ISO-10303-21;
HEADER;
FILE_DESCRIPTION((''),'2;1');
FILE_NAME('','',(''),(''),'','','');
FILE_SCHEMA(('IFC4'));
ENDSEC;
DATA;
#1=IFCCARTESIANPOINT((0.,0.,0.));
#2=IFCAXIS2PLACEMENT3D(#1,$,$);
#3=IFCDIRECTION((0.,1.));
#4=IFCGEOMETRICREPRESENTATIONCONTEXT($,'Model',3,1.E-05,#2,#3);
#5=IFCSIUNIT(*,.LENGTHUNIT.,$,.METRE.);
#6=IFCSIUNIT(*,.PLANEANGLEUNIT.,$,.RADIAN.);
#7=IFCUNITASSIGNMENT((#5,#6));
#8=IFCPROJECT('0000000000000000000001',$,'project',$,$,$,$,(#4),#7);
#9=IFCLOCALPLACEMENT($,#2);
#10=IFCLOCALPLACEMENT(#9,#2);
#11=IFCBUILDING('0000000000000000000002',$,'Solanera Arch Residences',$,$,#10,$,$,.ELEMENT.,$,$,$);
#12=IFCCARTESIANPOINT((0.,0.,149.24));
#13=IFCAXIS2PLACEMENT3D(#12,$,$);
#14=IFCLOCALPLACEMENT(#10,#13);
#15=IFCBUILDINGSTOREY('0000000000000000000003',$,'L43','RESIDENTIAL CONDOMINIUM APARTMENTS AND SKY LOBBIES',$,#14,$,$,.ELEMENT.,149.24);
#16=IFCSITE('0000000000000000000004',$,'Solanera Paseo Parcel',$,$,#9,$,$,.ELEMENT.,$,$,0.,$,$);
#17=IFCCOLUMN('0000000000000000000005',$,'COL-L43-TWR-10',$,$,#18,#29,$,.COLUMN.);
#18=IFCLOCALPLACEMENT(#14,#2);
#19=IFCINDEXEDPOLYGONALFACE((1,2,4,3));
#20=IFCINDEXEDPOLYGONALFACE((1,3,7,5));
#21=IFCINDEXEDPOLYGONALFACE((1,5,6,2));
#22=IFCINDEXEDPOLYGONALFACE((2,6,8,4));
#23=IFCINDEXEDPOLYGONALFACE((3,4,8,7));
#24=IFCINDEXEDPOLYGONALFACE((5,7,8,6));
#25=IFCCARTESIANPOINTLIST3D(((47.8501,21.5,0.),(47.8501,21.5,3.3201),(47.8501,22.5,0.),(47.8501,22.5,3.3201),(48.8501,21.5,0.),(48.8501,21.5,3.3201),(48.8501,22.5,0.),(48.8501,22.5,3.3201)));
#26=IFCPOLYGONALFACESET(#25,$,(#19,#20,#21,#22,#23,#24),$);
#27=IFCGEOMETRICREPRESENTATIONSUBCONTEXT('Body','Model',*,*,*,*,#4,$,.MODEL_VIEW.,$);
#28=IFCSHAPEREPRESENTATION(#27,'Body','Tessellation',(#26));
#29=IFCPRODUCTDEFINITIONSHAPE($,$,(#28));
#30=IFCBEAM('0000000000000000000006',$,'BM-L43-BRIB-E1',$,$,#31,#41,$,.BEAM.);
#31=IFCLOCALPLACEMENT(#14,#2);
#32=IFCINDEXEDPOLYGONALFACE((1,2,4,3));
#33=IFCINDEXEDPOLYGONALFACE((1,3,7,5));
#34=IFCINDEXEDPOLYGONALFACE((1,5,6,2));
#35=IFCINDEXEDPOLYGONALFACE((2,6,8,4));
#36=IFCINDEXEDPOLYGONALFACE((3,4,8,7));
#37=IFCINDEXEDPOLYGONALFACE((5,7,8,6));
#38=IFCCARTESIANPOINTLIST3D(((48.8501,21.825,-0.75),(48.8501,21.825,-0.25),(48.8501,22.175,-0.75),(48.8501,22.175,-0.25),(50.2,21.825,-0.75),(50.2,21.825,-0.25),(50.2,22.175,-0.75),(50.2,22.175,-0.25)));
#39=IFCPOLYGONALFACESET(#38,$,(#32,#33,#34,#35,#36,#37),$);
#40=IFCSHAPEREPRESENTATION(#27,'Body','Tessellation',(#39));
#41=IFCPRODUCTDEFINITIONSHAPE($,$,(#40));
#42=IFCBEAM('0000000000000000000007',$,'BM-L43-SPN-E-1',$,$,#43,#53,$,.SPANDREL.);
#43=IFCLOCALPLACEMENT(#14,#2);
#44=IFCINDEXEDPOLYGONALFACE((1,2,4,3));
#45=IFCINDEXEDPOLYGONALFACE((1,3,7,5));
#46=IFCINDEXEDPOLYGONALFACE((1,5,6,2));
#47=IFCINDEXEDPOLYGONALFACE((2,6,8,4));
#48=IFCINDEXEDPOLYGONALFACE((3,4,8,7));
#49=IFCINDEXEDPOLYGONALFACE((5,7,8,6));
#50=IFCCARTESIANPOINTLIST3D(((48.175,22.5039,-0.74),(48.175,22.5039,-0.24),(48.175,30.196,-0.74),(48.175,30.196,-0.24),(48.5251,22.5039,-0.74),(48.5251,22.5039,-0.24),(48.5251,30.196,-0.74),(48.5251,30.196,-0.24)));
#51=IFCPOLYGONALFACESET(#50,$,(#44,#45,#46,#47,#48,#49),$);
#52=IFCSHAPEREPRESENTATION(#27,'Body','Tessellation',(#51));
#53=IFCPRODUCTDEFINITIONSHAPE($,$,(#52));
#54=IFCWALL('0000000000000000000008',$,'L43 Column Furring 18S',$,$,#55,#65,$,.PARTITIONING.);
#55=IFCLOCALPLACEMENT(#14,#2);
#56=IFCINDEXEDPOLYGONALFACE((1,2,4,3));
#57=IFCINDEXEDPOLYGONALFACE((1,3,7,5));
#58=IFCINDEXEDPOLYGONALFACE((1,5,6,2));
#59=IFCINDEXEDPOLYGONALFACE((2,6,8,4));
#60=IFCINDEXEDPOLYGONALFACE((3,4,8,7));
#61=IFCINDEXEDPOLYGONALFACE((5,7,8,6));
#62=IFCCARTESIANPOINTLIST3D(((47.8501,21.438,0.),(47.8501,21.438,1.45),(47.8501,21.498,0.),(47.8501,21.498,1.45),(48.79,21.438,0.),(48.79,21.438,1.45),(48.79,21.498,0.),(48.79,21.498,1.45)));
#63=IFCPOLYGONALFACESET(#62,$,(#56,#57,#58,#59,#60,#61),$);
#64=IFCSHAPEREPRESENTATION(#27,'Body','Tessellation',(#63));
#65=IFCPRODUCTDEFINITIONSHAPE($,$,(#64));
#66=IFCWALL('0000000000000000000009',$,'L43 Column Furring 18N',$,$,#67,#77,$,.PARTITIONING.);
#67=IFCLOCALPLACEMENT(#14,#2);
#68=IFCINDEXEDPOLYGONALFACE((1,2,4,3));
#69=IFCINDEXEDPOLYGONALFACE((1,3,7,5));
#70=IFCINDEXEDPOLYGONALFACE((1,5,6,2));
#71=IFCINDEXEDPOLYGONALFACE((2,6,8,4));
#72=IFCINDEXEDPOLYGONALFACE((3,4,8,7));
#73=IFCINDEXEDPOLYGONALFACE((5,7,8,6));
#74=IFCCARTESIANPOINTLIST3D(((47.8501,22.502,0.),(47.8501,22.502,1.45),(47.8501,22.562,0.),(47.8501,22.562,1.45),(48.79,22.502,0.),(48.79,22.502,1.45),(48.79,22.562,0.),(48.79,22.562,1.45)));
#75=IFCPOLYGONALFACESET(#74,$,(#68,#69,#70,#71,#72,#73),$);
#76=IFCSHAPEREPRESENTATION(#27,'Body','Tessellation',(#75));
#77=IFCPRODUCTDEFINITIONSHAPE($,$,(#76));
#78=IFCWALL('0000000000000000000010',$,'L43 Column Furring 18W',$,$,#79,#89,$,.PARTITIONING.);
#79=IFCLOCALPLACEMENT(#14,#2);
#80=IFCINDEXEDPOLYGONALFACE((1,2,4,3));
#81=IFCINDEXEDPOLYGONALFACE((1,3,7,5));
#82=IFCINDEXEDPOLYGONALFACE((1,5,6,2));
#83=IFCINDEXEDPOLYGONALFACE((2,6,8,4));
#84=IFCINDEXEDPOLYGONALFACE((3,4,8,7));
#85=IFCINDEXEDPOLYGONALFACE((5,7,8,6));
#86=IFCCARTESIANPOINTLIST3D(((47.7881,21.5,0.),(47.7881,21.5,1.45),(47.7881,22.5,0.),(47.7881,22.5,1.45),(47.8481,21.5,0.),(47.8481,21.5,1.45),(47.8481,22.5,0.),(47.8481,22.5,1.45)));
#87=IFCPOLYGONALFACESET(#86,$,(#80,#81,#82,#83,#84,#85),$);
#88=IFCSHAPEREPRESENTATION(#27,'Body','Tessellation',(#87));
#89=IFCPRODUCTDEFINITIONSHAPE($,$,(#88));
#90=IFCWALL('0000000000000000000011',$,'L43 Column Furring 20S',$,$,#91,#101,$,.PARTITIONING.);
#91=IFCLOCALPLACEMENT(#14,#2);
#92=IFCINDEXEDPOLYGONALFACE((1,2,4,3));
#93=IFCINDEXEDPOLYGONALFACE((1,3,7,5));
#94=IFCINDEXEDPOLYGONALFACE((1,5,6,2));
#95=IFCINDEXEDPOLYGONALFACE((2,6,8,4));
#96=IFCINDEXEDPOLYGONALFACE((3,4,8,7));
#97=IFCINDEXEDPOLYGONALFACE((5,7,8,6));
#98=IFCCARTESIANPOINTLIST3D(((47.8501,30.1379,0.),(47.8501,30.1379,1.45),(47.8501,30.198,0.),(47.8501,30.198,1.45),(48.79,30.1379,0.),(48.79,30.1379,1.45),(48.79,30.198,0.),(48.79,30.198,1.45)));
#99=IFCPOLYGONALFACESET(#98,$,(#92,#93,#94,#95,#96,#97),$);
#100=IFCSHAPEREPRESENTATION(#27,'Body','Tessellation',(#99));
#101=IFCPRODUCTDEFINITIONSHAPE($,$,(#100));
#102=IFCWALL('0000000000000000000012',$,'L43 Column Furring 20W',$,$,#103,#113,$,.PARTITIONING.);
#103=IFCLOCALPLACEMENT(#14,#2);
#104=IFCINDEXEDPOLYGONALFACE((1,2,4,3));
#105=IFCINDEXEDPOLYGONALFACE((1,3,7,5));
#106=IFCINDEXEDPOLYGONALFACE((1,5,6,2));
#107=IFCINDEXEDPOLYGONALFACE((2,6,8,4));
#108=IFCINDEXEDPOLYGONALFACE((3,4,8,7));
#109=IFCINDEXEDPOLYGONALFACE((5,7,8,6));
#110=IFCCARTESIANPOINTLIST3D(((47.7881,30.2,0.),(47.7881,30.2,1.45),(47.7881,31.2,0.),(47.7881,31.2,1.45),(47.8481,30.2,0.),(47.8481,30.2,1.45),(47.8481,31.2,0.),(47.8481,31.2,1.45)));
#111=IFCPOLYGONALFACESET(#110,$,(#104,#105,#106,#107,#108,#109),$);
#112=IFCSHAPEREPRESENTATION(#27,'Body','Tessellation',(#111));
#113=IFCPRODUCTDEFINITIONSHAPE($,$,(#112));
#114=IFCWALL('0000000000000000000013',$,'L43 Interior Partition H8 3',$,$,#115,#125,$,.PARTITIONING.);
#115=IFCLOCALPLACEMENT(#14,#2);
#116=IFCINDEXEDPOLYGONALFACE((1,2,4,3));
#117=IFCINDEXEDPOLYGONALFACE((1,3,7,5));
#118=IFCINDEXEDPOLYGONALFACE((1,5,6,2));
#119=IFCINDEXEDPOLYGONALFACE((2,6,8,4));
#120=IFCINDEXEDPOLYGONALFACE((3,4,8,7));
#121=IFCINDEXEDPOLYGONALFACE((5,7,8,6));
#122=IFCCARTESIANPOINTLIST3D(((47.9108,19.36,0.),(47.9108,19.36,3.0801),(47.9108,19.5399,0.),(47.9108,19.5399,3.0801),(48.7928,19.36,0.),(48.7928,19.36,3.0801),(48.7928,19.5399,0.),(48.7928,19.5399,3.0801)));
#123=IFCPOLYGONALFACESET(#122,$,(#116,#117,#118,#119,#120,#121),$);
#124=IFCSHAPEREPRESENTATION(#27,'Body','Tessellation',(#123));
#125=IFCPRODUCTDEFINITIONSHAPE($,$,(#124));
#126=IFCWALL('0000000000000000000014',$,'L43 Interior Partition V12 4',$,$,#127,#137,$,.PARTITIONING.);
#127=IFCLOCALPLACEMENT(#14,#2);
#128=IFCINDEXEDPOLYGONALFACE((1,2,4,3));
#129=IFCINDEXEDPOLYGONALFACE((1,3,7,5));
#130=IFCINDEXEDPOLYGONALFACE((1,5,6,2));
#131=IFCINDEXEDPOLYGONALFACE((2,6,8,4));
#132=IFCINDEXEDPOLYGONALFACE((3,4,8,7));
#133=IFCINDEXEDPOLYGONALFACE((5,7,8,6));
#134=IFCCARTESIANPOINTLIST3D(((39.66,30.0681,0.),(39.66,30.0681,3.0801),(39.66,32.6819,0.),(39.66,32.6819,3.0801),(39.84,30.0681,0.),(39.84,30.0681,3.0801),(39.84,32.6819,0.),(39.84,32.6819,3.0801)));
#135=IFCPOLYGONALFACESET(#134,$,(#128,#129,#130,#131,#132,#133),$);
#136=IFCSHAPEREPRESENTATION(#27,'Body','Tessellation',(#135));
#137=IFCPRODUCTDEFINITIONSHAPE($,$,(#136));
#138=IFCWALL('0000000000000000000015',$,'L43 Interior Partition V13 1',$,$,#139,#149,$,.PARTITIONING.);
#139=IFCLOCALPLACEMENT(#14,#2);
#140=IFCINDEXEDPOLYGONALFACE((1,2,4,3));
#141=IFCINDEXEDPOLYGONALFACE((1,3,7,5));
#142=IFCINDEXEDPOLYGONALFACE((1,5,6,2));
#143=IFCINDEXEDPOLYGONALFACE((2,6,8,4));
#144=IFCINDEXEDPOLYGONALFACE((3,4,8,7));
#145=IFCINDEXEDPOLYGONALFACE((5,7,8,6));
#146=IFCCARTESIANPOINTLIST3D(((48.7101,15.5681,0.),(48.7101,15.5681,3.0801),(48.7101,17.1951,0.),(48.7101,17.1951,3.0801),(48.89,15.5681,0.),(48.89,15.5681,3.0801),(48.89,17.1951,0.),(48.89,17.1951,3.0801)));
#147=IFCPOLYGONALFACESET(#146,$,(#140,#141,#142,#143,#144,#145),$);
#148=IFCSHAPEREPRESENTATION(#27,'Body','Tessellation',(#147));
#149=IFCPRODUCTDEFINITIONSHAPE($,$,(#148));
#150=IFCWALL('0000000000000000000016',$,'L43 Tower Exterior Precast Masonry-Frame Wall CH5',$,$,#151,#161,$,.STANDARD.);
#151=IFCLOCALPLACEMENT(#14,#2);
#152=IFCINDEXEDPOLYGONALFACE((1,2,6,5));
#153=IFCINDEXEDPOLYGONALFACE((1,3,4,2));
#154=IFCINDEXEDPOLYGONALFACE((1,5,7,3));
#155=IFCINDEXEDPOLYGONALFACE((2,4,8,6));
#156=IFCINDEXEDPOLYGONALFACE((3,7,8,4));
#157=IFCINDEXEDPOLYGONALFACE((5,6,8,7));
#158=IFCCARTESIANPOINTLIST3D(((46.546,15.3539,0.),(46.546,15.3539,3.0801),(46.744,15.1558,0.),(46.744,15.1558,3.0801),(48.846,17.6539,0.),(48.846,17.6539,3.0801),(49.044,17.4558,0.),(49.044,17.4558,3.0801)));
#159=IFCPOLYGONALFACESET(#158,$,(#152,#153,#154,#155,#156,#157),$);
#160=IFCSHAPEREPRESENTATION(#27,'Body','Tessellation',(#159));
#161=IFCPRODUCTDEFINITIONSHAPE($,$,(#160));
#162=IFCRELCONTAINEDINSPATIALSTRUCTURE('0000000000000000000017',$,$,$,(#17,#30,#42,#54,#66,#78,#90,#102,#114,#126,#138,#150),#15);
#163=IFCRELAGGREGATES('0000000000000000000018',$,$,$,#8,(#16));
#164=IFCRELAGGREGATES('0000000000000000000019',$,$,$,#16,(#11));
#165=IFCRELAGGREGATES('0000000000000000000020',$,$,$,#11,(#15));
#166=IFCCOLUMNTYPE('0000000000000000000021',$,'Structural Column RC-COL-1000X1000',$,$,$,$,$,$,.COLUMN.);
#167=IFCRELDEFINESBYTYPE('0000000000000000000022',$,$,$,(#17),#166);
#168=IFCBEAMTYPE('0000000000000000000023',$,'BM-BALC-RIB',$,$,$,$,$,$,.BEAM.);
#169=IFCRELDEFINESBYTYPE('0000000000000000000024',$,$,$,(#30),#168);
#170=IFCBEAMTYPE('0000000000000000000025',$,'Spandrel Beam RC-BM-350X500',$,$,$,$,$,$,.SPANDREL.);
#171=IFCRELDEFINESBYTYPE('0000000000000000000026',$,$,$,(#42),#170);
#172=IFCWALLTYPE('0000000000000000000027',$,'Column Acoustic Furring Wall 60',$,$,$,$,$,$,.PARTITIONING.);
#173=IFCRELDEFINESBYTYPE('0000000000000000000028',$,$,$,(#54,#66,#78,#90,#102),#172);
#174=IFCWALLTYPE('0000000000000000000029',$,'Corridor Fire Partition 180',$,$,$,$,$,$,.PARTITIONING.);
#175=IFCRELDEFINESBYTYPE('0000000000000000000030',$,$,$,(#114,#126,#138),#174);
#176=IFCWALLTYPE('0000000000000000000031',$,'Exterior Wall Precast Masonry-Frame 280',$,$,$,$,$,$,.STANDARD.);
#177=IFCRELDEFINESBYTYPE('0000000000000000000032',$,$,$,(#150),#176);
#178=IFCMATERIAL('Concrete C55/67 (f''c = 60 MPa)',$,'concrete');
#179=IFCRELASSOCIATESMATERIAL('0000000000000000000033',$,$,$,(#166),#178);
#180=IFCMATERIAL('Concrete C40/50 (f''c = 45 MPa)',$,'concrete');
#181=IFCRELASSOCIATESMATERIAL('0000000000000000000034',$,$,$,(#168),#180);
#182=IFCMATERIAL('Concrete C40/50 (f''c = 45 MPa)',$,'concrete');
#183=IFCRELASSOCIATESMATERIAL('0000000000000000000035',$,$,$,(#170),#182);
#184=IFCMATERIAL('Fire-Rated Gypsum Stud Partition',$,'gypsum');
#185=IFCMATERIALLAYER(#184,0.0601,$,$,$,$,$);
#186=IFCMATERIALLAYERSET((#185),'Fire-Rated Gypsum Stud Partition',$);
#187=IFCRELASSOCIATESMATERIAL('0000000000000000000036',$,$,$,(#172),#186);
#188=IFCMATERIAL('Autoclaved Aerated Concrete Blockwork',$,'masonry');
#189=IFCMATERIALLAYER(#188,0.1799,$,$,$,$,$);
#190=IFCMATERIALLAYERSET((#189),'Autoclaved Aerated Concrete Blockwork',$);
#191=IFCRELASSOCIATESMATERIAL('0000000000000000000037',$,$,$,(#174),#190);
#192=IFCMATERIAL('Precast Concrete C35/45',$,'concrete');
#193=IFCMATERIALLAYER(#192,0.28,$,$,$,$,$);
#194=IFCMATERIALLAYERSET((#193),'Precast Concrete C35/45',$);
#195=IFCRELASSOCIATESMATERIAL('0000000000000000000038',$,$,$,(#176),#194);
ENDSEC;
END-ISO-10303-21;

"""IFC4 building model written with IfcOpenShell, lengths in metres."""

from ifc_helpers import new_model, si_unit, direction, frame, frame_2d, origin, origin_2d, place, context, subcontext, project, spatial, rectangle, extrude, material, layer, layer_set, material_profile, profile_set, type_object, element, save


model = new_model("IFC4")

# Units and contexts
model_context = context("Model", 3, precision=1e-05, world=origin(), true_north=direction((0.0, 1.0)))
body_context = subcontext(model_context, "Body", "Model", "MODEL_VIEW")
ifc_project = project(units=[si_unit("LENGTHUNIT", "METRE"), si_unit("PLANEANGLEUNIT", "RADIAN")], contexts=[model_context])

# Site, building, storey
site_placement = place(None, origin())
site = spatial("IfcSite", under=ifc_project, at=site_placement, Name="Solanera Paseo Parcel", CompositionType="ELEMENT", RefElevation=0.0)
building_placement = place(site_placement, origin())
building = spatial("IfcBuilding", under=site, at=building_placement, Name="Solanera Arch Residences", CompositionType="ELEMENT")
storey_placement = place(building_placement, frame((0.0, 0.0, 149.24)))
storey = spatial("IfcBuildingStorey", under=building, at=storey_placement, Name="L43", Description="RESIDENTIAL CONDOMINIUM APARTMENTS AND SKY LOBBIES", CompositionType="ELEMENT", Elevation=149.24)

# Column
ifc_material_1 = material(Name="Concrete C55/67 (f'c = 60 MPa)", Category="concrete")
ifc_material_profile_1 = material_profile(ifc_material_1, rectangle(XDim=1.0, YDim=1.0, at=origin_2d()))
ifc_profile_set_1 = profile_set([ifc_material_profile_1], Name="Concrete C55/67 (f'c = 60 MPa)")
column_type = type_object("IfcColumnType", Name="Structural Column RC-COL-1000X1000", PredefinedType="COLUMN", material=ifc_profile_set_1)
column_placement = place(storey_placement, frame((48.3501, 22.0, 0.0), z_axis=(0.0, 0.0, 1.0), x_axis=(1.0, 0.0, 0.0)))
element("IfcColumn", 1, at=column_placement, inside=storey, type_object=column_type, Name="COL-L43-TWR-10", PredefinedType="COLUMN", context=body_context, shape_type="SweptSolid", body=[
    extrude(rectangle(XDim=1.0, YDim=1.0, at=origin_2d()), origin(), (0.0, 0.0, 1.0), 3.3201),
])

# Beams
ifc_material_2 = material(Name="Concrete C40/50 (f'c = 45 MPa)", Category="concrete")
ifc_material_profile_2 = material_profile(ifc_material_2, rectangle(XDim=0.3501, YDim=0.5, at=origin_2d()))
ifc_profile_set_2 = profile_set([ifc_material_profile_2], Name="Concrete C40/50 (f'c = 45 MPa)")
beam_type_1 = type_object("IfcBeamType", Name="BM-BALC-RIB", PredefinedType="BEAM", material=ifc_profile_set_2)
beam_1_placement = place(storey_placement, frame((48.8501, 22.0, -0.5), z_axis=(1.0, 0.0, 0.0), x_axis=(0.0, 1.0, 0.0)))
element("IfcBeam", 2, at=beam_1_placement, inside=storey, type_object=beam_type_1, Name="BM-L43-BRIB-E1", PredefinedType="BEAM", context=body_context, shape_type="SweptSolid", body=[
    extrude(rectangle(XDim=0.3501, YDim=0.5, at=origin_2d()), origin(), (0.0, 0.0, 1.0), 1.3499),
])
ifc_material_3 = material(Name="Concrete C40/50 (f'c = 45 MPa)", Category="concrete")
ifc_material_profile_3 = material_profile(ifc_material_3, rectangle(XDim=0.3501, YDim=0.5, at=origin_2d()))
ifc_profile_set_3 = profile_set([ifc_material_profile_3], Name="Concrete C40/50 (f'c = 45 MPa)")
beam_type_2 = type_object("IfcBeamType", Name="Spandrel Beam RC-BM-350X500", PredefinedType="SPANDREL", material=ifc_profile_set_3)
beam_2_placement = place(storey_placement, frame((48.3501, 22.5039, -0.49), z_axis=(0.0, 1.0, 0.0), x_axis=(-1.0, 0.0, 0.0)))
element("IfcBeam", 3, at=beam_2_placement, inside=storey, type_object=beam_type_2, Name="BM-L43-SPN-E-1", PredefinedType="SPANDREL", context=body_context, shape_type="SweptSolid", body=[
    extrude(rectangle(XDim=0.3501, YDim=0.5, at=origin_2d()), origin(), (0.0, 0.0, 1.0), 7.6921),
])

# Walls
ifc_material_4 = material(Name="Fire-Rated Gypsum Stud Partition", Category="gypsum")
ifc_layer_1 = layer(ifc_material_4, 0.0601)
ifc_layer_set_1 = layer_set([ifc_layer_1], Name="Fire-Rated Gypsum Stud Partition")
wall_type_1 = type_object("IfcWallType", Name="Column Acoustic Furring Wall 60", PredefinedType="PARTITIONING", material=ifc_layer_set_1)
for number, where, z_axis, x_axis, name in (
    (4, (47.8501, 21.468, 0.0), (0.0, 0.0, 1.0), (1.0, 0.0, 0.0), "L43 Column Furring 18S"),
    (5, (47.8501, 22.532, 0.0), (0.0, 0.0, 1.0), (1.0, 0.0, 0.0), "L43 Column Furring 18N"),
):
    element("IfcWall", number, at=place(storey_placement, frame(where, z_axis=z_axis, x_axis=x_axis)), inside=storey, type_object=wall_type_1, Name=name, PredefinedType="PARTITIONING", context=body_context, shape_type="SweptSolid", body=[
        extrude(rectangle(XDim=0.9399, YDim=0.0601, at=frame_2d((0.47, 0.0))), origin(), (0.0, 0.0, 1.0), 1.45),
    ])
wall_1_placement = place(storey_placement, frame((47.8181, 21.5, 0.0), z_axis=(0.0, 0.0, 1.0), x_axis=(0.0, 1.0, 0.0)))
element("IfcWall", 6, at=wall_1_placement, inside=storey, type_object=wall_type_1, Name="L43 Column Furring 18W", PredefinedType="PARTITIONING", context=body_context, shape_type="SweptSolid", body=[
    extrude(rectangle(XDim=1.0, YDim=0.0601, at=frame_2d((0.5, 0.0))), origin(), (0.0, 0.0, 1.0), 1.45),
])
wall_2_placement = place(storey_placement, frame((47.8501, 30.168, 0.0), z_axis=(0.0, 0.0, 1.0), x_axis=(1.0, 0.0, 0.0)))
element("IfcWall", 7, at=wall_2_placement, inside=storey, type_object=wall_type_1, Name="L43 Column Furring 20S", PredefinedType="PARTITIONING", context=body_context, shape_type="SweptSolid", body=[
    extrude(rectangle(XDim=0.9399, YDim=0.0601, at=frame_2d((0.47, 0.0))), origin(), (0.0, 0.0, 1.0), 1.45),
])
wall_3_placement = place(storey_placement, frame((47.8181, 30.2, 0.0), z_axis=(0.0, 0.0, 1.0), x_axis=(0.0, 1.0, 0.0)))
element("IfcWall", 8, at=wall_3_placement, inside=storey, type_object=wall_type_1, Name="L43 Column Furring 20W", PredefinedType="PARTITIONING", context=body_context, shape_type="SweptSolid", body=[
    extrude(rectangle(XDim=1.0, YDim=0.0601, at=frame_2d((0.5, 0.0))), origin(), (0.0, 0.0, 1.0), 1.45),
])
ifc_material_5 = material(Name="Autoclaved Aerated Concrete Blockwork", Category="masonry")
ifc_layer_2 = layer(ifc_material_5, 0.1799)
ifc_layer_set_2 = layer_set([ifc_layer_2], Name="Autoclaved Aerated Concrete Blockwork")
wall_type_2 = type_object("IfcWallType", Name="Corridor Fire Partition 180", PredefinedType="PARTITIONING", material=ifc_layer_set_2)
wall_4_placement = place(storey_placement, frame((47.9109, 19.45, 0.0), z_axis=(0.0, 0.0, 1.0), x_axis=(1.0, 0.0, 0.0)))
element("IfcWall", 9, at=wall_4_placement, inside=storey, type_object=wall_type_2, Name="L43 Interior Partition H8 3", PredefinedType="PARTITIONING", context=body_context, shape_type="SweptSolid", body=[
    extrude(rectangle(XDim=0.8821, YDim=0.1799, at=frame_2d((0.4409, 0.0))), origin(), (0.0, 0.0, 1.0), 3.0801),
])
wall_5_placement = place(storey_placement, frame((39.75, 30.0681, 0.0), z_axis=(0.0, 0.0, 1.0), x_axis=(0.0, 1.0, 0.0)))
element("IfcWall", 10, at=wall_5_placement, inside=storey, type_object=wall_type_2, Name="L43 Interior Partition V12 4", PredefinedType="PARTITIONING", context=body_context, shape_type="SweptSolid", body=[
    extrude(rectangle(XDim=2.6138, YDim=0.1799, at=frame_2d((1.3069, 0.0))), origin(), (0.0, 0.0, 1.0), 3.0801),
])
wall_6_placement = place(storey_placement, frame((48.8, 15.5681, 0.0), z_axis=(0.0, 0.0, 1.0), x_axis=(0.0, 1.0, 0.0)))
element("IfcWall", 11, at=wall_6_placement, inside=storey, type_object=wall_type_2, Name="L43 Interior Partition V13 1", PredefinedType="PARTITIONING", context=body_context, shape_type="SweptSolid", body=[
    extrude(rectangle(XDim=1.627, YDim=0.1799, at=frame_2d((0.8135, 0.0))), origin(), (0.0, 0.0, 1.0), 3.0801),
])
ifc_material_6 = material(Name="Precast Concrete C35/45", Category="concrete")
ifc_layer_3 = layer(ifc_material_6, 0.28)
ifc_layer_set_3 = layer_set([ifc_layer_3], Name="Precast Concrete C35/45")
wall_type_3 = type_object("IfcWallType", Name="Exterior Wall Precast Masonry-Frame 280", PredefinedType="STANDARD", material=ifc_layer_set_3)
wall_7_placement = place(storey_placement, frame((48.9451, 17.5549, 0.0), z_axis=(0.0, 0.0, 1.0), x_axis=(-0.707107, -0.707107, 0.0)))
element("IfcWall", 12, at=wall_7_placement, inside=storey, type_object=wall_type_3, Name="L43 Tower Exterior Precast Masonry-Frame Wall CH5", PredefinedType="STANDARD", context=body_context, shape_type="SweptSolid", body=[
    extrude(rectangle(XDim=3.2527, YDim=0.28, at=frame_2d((1.6265, 0.0))), origin(), (0.0, 0.0, 1.0), 3.0801),
])

save(model, "model.ifc")
